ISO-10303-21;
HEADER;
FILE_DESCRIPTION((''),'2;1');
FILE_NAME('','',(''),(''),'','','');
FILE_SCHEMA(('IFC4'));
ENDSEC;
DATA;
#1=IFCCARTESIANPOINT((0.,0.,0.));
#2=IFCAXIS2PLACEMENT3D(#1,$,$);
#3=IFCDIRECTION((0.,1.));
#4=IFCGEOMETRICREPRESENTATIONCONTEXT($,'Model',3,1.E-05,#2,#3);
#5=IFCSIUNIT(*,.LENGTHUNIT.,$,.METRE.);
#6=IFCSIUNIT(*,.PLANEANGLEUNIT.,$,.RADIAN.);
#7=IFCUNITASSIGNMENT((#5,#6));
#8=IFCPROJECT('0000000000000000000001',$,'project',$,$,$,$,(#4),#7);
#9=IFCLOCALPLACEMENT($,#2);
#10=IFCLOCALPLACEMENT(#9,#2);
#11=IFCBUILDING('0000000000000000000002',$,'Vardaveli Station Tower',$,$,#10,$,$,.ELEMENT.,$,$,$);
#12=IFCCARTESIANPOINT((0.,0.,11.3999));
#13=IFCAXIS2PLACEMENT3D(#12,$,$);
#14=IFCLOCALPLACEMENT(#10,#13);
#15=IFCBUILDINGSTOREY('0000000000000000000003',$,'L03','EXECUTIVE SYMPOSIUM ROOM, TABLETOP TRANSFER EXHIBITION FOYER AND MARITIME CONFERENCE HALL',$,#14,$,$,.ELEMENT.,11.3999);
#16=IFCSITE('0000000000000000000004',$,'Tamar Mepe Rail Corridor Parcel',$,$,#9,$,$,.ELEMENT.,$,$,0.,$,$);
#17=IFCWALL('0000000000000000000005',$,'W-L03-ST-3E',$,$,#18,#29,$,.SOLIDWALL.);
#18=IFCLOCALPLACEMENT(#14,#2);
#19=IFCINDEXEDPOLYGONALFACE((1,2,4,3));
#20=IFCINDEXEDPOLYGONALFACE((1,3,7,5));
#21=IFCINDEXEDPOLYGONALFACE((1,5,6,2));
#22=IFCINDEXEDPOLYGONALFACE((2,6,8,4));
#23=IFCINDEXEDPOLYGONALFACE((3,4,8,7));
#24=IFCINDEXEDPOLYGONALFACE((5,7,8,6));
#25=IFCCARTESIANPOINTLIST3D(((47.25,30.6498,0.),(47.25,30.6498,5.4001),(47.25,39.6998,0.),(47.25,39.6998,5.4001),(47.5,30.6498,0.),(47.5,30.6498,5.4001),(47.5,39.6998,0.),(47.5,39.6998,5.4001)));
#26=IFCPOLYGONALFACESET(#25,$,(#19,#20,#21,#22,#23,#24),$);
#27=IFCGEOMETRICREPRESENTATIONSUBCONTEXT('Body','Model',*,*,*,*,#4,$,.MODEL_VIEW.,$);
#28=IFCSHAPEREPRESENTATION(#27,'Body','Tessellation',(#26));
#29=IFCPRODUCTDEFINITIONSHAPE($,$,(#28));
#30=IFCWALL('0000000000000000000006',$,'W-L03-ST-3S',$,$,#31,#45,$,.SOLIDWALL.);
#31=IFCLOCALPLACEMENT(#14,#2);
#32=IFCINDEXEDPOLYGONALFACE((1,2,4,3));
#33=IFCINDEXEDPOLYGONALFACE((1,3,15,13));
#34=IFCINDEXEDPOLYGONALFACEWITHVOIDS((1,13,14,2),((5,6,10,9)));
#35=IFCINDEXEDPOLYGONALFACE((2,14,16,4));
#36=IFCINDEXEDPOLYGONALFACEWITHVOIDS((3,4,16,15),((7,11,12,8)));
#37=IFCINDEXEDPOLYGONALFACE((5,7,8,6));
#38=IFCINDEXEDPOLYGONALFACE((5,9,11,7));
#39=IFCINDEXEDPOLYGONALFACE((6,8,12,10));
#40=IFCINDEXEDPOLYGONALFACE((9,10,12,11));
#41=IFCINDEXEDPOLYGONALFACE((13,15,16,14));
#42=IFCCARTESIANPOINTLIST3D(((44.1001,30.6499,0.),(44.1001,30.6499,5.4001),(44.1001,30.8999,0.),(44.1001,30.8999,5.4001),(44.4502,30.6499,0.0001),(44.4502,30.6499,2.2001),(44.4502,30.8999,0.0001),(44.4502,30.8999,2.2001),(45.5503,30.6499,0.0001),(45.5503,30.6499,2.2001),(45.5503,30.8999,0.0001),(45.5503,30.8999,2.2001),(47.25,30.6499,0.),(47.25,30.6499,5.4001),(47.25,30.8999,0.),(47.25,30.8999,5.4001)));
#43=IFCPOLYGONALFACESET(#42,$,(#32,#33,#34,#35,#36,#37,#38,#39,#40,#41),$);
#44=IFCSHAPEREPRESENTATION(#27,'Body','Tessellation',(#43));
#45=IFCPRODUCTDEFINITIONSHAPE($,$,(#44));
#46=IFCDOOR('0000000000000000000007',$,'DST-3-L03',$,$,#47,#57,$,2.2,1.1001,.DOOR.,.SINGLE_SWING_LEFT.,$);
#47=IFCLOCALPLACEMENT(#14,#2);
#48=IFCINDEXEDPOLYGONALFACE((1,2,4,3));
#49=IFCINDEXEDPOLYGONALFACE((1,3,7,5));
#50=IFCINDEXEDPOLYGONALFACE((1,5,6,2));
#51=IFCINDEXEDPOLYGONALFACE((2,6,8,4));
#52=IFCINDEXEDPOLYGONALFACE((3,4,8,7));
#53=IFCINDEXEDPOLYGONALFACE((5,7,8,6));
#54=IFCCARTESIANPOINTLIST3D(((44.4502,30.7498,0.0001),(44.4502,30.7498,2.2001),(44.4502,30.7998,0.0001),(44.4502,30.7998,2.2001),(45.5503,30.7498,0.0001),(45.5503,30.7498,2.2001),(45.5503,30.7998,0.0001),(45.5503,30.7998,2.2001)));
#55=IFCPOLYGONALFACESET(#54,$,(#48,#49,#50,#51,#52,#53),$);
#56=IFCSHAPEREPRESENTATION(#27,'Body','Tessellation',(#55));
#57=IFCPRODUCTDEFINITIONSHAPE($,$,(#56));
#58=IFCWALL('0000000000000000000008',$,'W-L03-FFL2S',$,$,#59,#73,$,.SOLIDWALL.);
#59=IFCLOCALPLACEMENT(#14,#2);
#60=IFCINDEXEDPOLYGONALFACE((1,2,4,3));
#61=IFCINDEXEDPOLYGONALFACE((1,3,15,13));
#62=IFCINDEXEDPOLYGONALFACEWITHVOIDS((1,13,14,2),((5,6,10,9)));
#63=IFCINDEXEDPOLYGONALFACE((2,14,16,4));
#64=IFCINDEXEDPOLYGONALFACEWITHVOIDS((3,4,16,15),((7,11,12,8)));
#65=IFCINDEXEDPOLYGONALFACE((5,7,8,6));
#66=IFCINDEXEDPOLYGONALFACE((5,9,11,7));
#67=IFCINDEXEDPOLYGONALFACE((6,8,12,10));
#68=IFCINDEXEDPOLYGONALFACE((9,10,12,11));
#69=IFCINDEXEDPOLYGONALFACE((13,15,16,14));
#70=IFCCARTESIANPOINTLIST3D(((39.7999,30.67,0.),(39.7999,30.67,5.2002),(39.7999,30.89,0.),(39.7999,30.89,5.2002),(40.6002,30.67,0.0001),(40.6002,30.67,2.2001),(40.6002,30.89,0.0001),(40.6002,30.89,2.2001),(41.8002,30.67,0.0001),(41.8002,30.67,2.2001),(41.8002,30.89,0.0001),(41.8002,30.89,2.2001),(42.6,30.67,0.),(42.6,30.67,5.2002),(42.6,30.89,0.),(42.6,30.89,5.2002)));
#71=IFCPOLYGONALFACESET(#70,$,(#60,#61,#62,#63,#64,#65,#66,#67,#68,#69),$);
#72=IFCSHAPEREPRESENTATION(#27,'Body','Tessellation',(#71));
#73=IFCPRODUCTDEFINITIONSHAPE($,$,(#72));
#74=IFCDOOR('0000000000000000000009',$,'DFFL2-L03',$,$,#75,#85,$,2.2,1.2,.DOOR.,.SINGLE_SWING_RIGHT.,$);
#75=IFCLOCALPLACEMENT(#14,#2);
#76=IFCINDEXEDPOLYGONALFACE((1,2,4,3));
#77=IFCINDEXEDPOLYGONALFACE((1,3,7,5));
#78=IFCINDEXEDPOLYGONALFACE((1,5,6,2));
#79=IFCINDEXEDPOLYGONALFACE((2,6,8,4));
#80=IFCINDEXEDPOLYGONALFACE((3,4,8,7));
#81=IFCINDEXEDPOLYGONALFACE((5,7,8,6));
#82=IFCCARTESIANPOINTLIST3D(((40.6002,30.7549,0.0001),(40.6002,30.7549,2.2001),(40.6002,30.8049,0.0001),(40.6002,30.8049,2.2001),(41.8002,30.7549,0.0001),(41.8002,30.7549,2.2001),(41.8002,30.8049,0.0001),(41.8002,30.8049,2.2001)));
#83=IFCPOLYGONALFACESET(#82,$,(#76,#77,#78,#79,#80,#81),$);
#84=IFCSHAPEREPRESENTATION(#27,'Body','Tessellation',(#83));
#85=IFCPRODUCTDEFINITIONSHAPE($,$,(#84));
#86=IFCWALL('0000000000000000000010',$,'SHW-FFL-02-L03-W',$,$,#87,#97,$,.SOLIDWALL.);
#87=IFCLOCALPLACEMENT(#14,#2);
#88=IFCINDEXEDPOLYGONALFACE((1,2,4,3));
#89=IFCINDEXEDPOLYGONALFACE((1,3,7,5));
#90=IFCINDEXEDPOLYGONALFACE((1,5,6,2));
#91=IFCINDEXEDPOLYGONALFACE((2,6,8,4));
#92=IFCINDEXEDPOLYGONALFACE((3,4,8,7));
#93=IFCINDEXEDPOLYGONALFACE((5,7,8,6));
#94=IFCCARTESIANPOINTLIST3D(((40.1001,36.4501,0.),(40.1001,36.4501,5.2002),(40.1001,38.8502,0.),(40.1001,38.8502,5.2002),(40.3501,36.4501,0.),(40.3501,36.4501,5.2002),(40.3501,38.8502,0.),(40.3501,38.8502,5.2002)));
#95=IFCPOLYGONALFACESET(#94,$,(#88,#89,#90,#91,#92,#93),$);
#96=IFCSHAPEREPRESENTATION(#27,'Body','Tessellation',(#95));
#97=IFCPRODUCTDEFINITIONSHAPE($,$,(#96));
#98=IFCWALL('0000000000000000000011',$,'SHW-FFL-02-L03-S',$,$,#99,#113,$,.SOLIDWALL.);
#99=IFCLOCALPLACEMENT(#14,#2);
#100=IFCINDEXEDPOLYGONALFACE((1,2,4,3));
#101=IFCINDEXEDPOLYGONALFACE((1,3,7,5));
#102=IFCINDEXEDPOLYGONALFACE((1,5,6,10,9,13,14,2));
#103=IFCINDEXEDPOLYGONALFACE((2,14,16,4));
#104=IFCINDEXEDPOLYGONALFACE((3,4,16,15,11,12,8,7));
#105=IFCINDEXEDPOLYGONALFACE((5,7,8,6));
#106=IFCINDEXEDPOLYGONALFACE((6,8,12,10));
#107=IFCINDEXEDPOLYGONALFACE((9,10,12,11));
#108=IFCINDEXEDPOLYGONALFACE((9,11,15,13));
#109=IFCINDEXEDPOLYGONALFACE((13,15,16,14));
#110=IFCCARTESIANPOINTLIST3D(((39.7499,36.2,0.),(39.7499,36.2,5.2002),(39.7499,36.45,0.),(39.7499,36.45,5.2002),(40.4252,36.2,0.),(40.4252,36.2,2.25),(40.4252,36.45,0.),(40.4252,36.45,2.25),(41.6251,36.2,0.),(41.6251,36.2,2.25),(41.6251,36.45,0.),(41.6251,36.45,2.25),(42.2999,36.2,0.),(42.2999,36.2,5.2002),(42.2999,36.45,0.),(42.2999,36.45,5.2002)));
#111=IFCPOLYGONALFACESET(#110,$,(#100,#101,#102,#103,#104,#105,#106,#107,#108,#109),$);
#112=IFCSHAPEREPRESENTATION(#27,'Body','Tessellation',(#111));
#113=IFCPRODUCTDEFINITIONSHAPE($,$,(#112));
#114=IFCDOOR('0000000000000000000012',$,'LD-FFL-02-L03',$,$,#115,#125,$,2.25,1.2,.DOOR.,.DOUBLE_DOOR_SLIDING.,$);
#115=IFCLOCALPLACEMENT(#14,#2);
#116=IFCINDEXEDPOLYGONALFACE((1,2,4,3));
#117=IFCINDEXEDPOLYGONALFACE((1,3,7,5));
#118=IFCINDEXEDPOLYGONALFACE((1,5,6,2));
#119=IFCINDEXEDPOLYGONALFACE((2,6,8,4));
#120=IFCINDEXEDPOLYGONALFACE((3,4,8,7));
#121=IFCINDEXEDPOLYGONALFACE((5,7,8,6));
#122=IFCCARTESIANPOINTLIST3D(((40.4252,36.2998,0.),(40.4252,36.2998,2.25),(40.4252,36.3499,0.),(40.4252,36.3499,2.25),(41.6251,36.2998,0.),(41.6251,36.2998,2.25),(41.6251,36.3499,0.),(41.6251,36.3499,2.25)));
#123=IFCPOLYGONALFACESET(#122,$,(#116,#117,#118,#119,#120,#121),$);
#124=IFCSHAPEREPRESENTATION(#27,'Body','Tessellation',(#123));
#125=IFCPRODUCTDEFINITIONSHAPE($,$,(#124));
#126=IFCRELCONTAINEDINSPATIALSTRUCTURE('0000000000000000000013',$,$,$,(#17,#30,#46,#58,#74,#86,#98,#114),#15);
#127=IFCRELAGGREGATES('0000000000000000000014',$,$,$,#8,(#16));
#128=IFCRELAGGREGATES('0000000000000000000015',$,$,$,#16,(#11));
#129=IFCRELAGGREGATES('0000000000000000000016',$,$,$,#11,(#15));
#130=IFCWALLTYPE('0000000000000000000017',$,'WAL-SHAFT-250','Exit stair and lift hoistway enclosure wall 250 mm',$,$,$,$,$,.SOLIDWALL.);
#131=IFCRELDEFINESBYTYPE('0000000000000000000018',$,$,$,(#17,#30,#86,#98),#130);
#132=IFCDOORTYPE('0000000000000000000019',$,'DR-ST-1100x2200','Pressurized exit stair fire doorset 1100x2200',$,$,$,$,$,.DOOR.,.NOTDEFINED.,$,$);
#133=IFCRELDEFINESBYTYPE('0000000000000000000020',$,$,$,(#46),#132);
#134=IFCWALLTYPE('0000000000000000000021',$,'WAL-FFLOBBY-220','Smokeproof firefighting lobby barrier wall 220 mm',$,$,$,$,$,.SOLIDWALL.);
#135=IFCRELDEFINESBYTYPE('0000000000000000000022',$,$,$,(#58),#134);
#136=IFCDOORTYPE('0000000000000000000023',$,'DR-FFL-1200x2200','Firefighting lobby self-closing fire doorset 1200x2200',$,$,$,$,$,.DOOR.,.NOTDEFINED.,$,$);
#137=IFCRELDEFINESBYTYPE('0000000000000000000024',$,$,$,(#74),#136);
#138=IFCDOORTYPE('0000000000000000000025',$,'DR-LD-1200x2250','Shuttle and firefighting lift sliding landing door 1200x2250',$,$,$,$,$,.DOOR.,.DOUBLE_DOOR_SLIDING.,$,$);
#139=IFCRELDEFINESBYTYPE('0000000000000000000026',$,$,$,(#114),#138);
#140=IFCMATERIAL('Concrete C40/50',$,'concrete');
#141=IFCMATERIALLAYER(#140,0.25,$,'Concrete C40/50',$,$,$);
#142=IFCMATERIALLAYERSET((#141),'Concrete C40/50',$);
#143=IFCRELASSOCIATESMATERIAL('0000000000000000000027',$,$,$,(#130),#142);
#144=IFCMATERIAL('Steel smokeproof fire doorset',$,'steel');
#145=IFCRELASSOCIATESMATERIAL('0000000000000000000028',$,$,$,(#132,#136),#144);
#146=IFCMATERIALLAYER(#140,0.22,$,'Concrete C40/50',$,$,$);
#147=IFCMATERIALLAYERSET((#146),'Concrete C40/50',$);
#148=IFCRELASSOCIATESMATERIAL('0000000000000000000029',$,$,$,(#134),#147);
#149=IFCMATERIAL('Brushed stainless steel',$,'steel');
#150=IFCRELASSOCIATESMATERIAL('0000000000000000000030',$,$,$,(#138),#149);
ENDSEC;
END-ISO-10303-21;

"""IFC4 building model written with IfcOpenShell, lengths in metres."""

from ifc_helpers import new_model, si_unit, direction, frame, frame_2d, origin, place, context, subcontext, project, spatial, rectangle, extrude, source, transform, mapped, material, layer, layer_set, type_object, element, fill, save


model = new_model("IFC4")

# Units and contexts
model_context = context("Model", 3, precision=1e-05, world=origin(), true_north=direction((0.0, 1.0)))
body_context = subcontext(model_context, "Body", "Model", "MODEL_VIEW")
ifc_project = project(units=[si_unit("LENGTHUNIT", "METRE"), si_unit("PLANEANGLEUNIT", "RADIAN")], contexts=[model_context])

# Site, building, storey
site_placement = place(None, origin())
site = spatial("IfcSite", under=ifc_project, at=site_placement, Name="Tamar Mepe Rail Corridor Parcel", CompositionType="ELEMENT", RefElevation=0.0)
building_placement = place(site_placement, origin())
building = spatial("IfcBuilding", under=site, at=building_placement, Name="Vardaveli Station Tower", CompositionType="ELEMENT")
storey_placement = place(building_placement, frame((0.0, 0.0, 11.3999)))
storey = spatial("IfcBuildingStorey", under=building, at=storey_placement, Name="L03", Description="EXECUTIVE SYMPOSIUM ROOM, TABLETOP TRANSFER EXHIBITION FOYER AND MARITIME CONFERENCE HALL", CompositionType="ELEMENT", Elevation=11.3999)

# Wall
ifc_material_1 = material(Name="Concrete C40/50", Category="concrete")
ifc_layer_1 = layer(ifc_material_1, 0.25, Name="Concrete C40/50")
ifc_layer_set_1 = layer_set([ifc_layer_1], Name="Concrete C40/50")
wall_type_1 = type_object("IfcWallType", Name="WAL-SHAFT-250", Description="Exit stair and lift hoistway enclosure wall 250 mm", PredefinedType="SOLIDWALL", material=ifc_layer_set_1)
shared_shape_1 = source(origin(), body_context, "Body", "SweptSolid", [
    extrude(rectangle(XDim=9.05, YDim=0.25, at=frame_2d((4.5249, 0.0))), origin(), (0.0, 0.0, 1.0), 5.4001),
])
wall_1_placement = place(storey_placement, frame((47.375, 30.6499, 0.0), z_axis=(0.0, 0.0, 1.0), x_axis=(0.0, 1.0, 0.0)))
element("IfcWall", 1, at=wall_1_placement, inside=storey, type_object=wall_type_1, Name="W-L03-ST-3E", PredefinedType="SOLIDWALL", context=body_context, shape_type="MappedRepresentation", body=[
    mapped(shared_shape_1, transform((0.0, 0.0, 0.0), scale=1.0)),
])

# Walls, openings, doors
shared_shape_2 = source(origin(), body_context, "Body", "SweptSolid", [
    extrude(rectangle(XDim=3.1499, YDim=0.25, at=frame_2d((1.575, 0.0))), origin(), (0.0, 0.0, 1.0), 5.4001),
])
wall_2_placement = place(storey_placement, frame((44.1001, 30.7749, 0.0), z_axis=(0.0, 0.0, 1.0), x_axis=(1.0, 0.0, 0.0)))
wall_2 = element("IfcWall", 2, at=wall_2_placement, inside=storey, type_object=wall_type_1, Name="W-L03-ST-3S", PredefinedType="SOLIDWALL", context=body_context, shape_type="MappedRepresentation", body=[
    mapped(shared_shape_2, transform((0.0, 0.0, 0.0), scale=1.0)),
])
shared_shape_3 = source(origin(), body_context, "Body", "SweptSolid", [
    extrude(rectangle(XDim=1.1001, YDim=2.2, at=frame_2d((0.55, 1.1001))), frame((0.0, 0.135, 0.0), z_axis=(0.0, -1.0, 0.0), x_axis=(1.0, 0.0, 0.0)), (0.0, 0.0, 1.0), 0.27),
])
opening_1_placement = place(wall_2_placement, frame((0.3501, 0.0, 0.0)))
opening_1 = element("IfcOpeningElement", 3, at=opening_1_placement, cuts=wall_2, PredefinedType="OPENING", context=body_context, shape_type="MappedRepresentation", body=[
    mapped(shared_shape_3, transform((0.0, 0.0, 0.0), scale=1.0)),
])
ifc_material_2 = material(Name="Steel smokeproof fire doorset", Category="steel")
door_type_1 = type_object("IfcDoorType", Name="DR-ST-1100x2200", Description="Pressurized exit stair fire doorset 1100x2200", OperationType="NOTDEFINED", PredefinedType="DOOR", material=ifc_material_2)
shared_shape_4 = source(origin(), body_context, "Body", "SweptSolid", [
    extrude(rectangle(XDim=1.1001, YDim=2.2, at=frame_2d((0.55, 1.1001))), frame((0.0, 0.0249, 0.0), z_axis=(0.0, -1.0, 0.0), x_axis=(1.0, 0.0, 0.0)), (0.0, 0.0, 1.0), 0.05),
])
door_1_placement = place(opening_1_placement, origin())
door_1 = element("IfcDoor", 4, at=door_1_placement, inside=storey, type_object=door_type_1, Name="DST-3-L03", OperationType="SINGLE_SWING_LEFT", OverallHeight=2.2, OverallWidth=1.1001, PredefinedType="DOOR", context=body_context, shape_type="MappedRepresentation", body=[
    mapped(shared_shape_4, transform((0.0, 0.0, 0.0), scale=1.0)),
])
fill(opening_1, door_1)
ifc_layer_2 = layer(ifc_material_1, 0.22, Name="Concrete C40/50")
ifc_layer_set_2 = layer_set([ifc_layer_2], Name="Concrete C40/50")
wall_type_2 = type_object("IfcWallType", Name="WAL-FFLOBBY-220", Description="Smokeproof firefighting lobby barrier wall 220 mm", PredefinedType="SOLIDWALL", material=ifc_layer_set_2)
shared_shape_5 = source(origin(), body_context, "Body", "SweptSolid", [
    extrude(rectangle(XDim=2.8, YDim=0.22, at=frame_2d((1.3999, 0.0))), origin(), (0.0, 0.0, 1.0), 5.2002),
])
wall_3_placement = place(storey_placement, frame((39.8, 30.78, 0.0), z_axis=(0.0, 0.0, 1.0), x_axis=(1.0, 0.0, 0.0)))
wall_3 = element("IfcWall", 5, at=wall_3_placement, inside=storey, type_object=wall_type_2, Name="W-L03-FFL2S", PredefinedType="SOLIDWALL", context=body_context, shape_type="MappedRepresentation", body=[
    mapped(shared_shape_5, transform((0.0, 0.0, 0.0), scale=1.0)),
])
shared_shape_6 = source(origin(), body_context, "Body", "SweptSolid", [
    extrude(rectangle(XDim=1.2, YDim=2.2, at=frame_2d((0.6001, 1.1001))), frame((0.0, 0.1201, 0.0), z_axis=(0.0, -1.0, 0.0), x_axis=(1.0, 0.0, 0.0)), (0.0, 0.0, 1.0), 0.24),
])
opening_2_placement = place(wall_3_placement, frame((0.8, 0.0, 0.0)))
opening_2 = element("IfcOpeningElement", 6, at=opening_2_placement, cuts=wall_3, PredefinedType="OPENING", context=body_context, shape_type="MappedRepresentation", body=[
    mapped(shared_shape_6, transform((0.0, 0.0, 0.0), scale=1.0)),
])
door_type_2 = type_object("IfcDoorType", Name="DR-FFL-1200x2200", Description="Firefighting lobby self-closing fire doorset 1200x2200", OperationType="NOTDEFINED", PredefinedType="DOOR", material=ifc_material_2)
shared_shape_7 = source(origin(), body_context, "Body", "SweptSolid", [
    extrude(rectangle(XDim=1.2, YDim=2.2, at=frame_2d((0.6001, 1.1001))), frame((0.0, 0.0249, 0.0), z_axis=(0.0, -1.0, 0.0), x_axis=(1.0, 0.0, 0.0)), (0.0, 0.0, 1.0), 0.05),
])
door_2_placement = place(opening_2_placement, origin())
door_2 = element("IfcDoor", 7, at=door_2_placement, inside=storey, type_object=door_type_2, Name="DFFL2-L03", OperationType="SINGLE_SWING_RIGHT", OverallHeight=2.2, OverallWidth=1.2, PredefinedType="DOOR", context=body_context, shape_type="MappedRepresentation", body=[
    mapped(shared_shape_7, transform((0.0, 0.0, 0.0), scale=1.0)),
])
fill(opening_2, door_2)

# Wall
shared_shape_8 = source(origin(), body_context, "Body", "SweptSolid", [
    extrude(rectangle(XDim=2.4001, YDim=0.25, at=frame_2d((1.2002, 0.0))), origin(), (0.0, 0.0, 1.0), 5.2002),
])
wall_4_placement = place(storey_placement, frame((40.2251, 36.45, 0.0), z_axis=(0.0, 0.0, 1.0), x_axis=(0.0, 1.0, 0.0)))
element("IfcWall", 8, at=wall_4_placement, inside=storey, type_object=wall_type_1, Name="SHW-FFL-02-L03-W", PredefinedType="SOLIDWALL", context=body_context, shape_type="MappedRepresentation", body=[
    mapped(shared_shape_8, transform((0.0, 0.0, 0.0), scale=1.0)),
])

# Wall, opening, door
shared_shape_9 = source(origin(), body_context, "Body", "SweptSolid", [
    extrude(rectangle(XDim=2.55, YDim=0.25, at=frame_2d((1.2749, 0.0))), origin(), (0.0, 0.0, 1.0), 5.2002),
])
wall_5_placement = place(storey_placement, frame((39.75, 36.325, 0.0), z_axis=(0.0, 0.0, 1.0), x_axis=(1.0, 0.0, 0.0)))
wall_5 = element("IfcWall", 9, at=wall_5_placement, inside=storey, type_object=wall_type_1, Name="SHW-FFL-02-L03-S", PredefinedType="SOLIDWALL", context=body_context, shape_type="MappedRepresentation", body=[
    mapped(shared_shape_9, transform((0.0, 0.0, 0.0), scale=1.0)),
])
shared_shape_10 = source(origin(), body_context, "Body", "SweptSolid", [
    extrude(rectangle(XDim=1.2, YDim=2.25, at=frame_2d((0.6001, 1.125))), frame((0.0, 0.135, 0.0), z_axis=(0.0, -1.0, 0.0), x_axis=(1.0, 0.0, 0.0)), (0.0, 0.0, 1.0), 0.27),
])
opening_3_placement = place(wall_5_placement, frame((0.675, 0.0, 0.0)))
opening_3 = element("IfcOpeningElement", 10, at=opening_3_placement, cuts=wall_5, PredefinedType="OPENING", context=body_context, shape_type="MappedRepresentation", body=[
    mapped(shared_shape_10, transform((0.0, 0.0, 0.0), scale=1.0)),
])
ifc_material_3 = material(Name="Brushed stainless steel", Category="steel")
door_type_3 = type_object("IfcDoorType", Name="DR-LD-1200x2250", Description="Shuttle and firefighting lift sliding landing door 1200x2250", OperationType="DOUBLE_DOOR_SLIDING", PredefinedType="DOOR", material=ifc_material_3)
shared_shape_11 = source(origin(), body_context, "Body", "SweptSolid", [
    extrude(rectangle(XDim=1.2, YDim=2.25, at=frame_2d((0.6001, 1.125))), frame((0.0, 0.0249, 0.0), z_axis=(0.0, -1.0, 0.0), x_axis=(1.0, 0.0, 0.0)), (0.0, 0.0, 1.0), 0.05),
])
door_3_placement = place(opening_3_placement, origin())
door_3 = element("IfcDoor", 11, at=door_3_placement, inside=storey, type_object=door_type_3, Name="LD-FFL-02-L03", OperationType="DOUBLE_DOOR_SLIDING", OverallHeight=2.25, OverallWidth=1.2, PredefinedType="DOOR", context=body_context, shape_type="MappedRepresentation", body=[
    mapped(shared_shape_11, transform((0.0, 0.0, 0.0), scale=1.0)),
])
fill(opening_3, door_3)

save(model, "model.ifc")
